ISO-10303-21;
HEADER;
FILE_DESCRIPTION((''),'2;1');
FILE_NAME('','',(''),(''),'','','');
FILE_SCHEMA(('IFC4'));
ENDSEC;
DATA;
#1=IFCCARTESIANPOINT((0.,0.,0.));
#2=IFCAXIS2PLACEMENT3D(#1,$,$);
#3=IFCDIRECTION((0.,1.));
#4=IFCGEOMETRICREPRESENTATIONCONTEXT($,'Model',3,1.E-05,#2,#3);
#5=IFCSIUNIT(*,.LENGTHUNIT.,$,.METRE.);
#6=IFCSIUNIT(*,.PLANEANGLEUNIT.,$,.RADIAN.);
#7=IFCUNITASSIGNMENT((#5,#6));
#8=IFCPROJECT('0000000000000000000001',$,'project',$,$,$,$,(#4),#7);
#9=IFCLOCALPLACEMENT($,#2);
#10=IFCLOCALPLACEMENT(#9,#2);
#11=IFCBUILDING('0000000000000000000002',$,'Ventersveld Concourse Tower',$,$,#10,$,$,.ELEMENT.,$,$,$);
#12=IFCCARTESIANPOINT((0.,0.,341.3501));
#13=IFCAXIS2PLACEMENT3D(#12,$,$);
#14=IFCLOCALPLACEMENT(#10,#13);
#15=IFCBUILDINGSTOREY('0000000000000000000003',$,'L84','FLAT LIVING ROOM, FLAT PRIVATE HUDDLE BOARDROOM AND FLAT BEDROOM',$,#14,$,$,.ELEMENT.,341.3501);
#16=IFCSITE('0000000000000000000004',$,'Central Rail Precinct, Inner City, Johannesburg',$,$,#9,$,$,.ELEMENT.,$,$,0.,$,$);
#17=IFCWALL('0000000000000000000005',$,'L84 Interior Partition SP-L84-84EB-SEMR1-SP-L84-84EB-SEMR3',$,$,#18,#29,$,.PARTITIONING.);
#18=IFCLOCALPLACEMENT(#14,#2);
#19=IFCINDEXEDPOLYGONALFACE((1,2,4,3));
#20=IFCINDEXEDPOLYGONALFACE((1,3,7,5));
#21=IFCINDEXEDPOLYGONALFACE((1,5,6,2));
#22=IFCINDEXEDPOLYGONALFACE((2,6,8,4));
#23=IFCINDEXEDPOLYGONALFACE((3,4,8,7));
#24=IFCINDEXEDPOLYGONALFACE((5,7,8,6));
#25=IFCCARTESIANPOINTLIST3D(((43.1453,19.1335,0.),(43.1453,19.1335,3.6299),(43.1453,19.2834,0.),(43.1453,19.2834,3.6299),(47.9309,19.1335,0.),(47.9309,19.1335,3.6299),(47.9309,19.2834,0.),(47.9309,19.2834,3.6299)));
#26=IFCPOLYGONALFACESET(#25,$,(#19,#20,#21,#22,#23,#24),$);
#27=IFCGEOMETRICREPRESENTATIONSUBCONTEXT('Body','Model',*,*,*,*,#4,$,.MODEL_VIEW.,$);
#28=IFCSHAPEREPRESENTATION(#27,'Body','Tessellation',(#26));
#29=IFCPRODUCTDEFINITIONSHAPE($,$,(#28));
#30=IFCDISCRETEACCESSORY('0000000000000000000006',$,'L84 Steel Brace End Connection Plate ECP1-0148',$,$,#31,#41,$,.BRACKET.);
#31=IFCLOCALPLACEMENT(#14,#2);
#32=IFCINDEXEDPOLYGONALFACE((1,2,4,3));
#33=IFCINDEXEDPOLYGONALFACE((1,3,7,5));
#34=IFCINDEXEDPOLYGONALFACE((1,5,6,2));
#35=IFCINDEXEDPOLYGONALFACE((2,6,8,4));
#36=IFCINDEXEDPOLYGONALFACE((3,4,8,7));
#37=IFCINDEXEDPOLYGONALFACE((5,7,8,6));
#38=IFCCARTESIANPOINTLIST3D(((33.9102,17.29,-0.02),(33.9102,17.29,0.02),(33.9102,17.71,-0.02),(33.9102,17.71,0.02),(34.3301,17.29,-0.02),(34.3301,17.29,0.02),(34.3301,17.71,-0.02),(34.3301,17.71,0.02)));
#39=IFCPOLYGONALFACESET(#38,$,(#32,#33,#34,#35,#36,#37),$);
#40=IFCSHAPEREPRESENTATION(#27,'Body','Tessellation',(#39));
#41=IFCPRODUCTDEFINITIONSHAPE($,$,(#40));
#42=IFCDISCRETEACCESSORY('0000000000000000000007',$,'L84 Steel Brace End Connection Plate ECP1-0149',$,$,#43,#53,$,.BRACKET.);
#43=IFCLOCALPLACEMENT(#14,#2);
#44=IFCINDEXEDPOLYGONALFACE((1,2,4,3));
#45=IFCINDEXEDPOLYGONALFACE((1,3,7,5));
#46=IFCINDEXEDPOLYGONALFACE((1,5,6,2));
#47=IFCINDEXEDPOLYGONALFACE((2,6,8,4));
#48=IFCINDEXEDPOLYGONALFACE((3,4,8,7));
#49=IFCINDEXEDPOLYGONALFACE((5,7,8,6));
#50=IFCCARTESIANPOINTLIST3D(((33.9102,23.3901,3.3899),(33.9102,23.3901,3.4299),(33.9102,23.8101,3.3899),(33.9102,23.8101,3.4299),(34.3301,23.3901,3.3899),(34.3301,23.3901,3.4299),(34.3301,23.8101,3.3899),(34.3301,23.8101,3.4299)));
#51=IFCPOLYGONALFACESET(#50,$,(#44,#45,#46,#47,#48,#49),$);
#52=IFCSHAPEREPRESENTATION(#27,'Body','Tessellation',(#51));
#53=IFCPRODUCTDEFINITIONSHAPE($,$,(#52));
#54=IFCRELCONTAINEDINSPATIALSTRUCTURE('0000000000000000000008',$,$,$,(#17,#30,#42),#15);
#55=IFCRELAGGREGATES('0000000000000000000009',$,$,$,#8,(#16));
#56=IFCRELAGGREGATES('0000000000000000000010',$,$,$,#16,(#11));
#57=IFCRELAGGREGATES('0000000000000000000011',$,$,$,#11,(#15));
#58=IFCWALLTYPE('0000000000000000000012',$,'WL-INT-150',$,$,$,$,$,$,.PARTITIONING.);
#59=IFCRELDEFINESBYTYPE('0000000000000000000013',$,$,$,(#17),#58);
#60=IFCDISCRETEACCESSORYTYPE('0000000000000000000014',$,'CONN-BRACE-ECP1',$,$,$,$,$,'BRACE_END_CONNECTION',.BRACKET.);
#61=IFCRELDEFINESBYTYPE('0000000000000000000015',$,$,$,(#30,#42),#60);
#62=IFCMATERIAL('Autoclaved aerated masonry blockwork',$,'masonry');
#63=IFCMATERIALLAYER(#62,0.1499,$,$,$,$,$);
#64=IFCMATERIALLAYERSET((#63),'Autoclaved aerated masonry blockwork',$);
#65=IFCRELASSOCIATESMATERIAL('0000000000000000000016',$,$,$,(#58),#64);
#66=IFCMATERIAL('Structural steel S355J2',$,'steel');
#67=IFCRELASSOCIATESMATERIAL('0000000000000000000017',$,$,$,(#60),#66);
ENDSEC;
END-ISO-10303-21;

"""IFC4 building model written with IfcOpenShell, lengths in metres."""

from ifc_helpers import new_model, si_unit, direction, frame, frame_2d, origin, origin_2d, place, context, subcontext, project, spatial, rectangle, extrude, material, layer, layer_set, type_object, element, save


model = new_model("IFC4")

# Units and contexts
model_context = context("Model", 3, precision=1e-05, world=origin(), true_north=direction((0.0, 1.0)))
body_context = subcontext(model_context, "Body", "Model", "MODEL_VIEW")
ifc_project = project(units=[si_unit("LENGTHUNIT", "METRE"), si_unit("PLANEANGLEUNIT", "RADIAN")], contexts=[model_context])

# Site, building, storey
site_placement = place(None, origin())
site = spatial("IfcSite", under=ifc_project, at=site_placement, Name="Central Rail Precinct, Inner City, Johannesburg", CompositionType="ELEMENT", RefElevation=0.0)
building_placement = place(site_placement, origin())
building = spatial("IfcBuilding", under=site, at=building_placement, Name="Ventersveld Concourse Tower", CompositionType="ELEMENT")
storey_placement = place(building_placement, frame((0.0, 0.0, 341.3501)))
storey = spatial("IfcBuildingStorey", under=building, at=storey_placement, Name="L84", Description="FLAT LIVING ROOM, FLAT PRIVATE HUDDLE BOARDROOM AND FLAT BEDROOM", CompositionType="ELEMENT", Elevation=341.3501)

# Shared definitions
ifc_material_1 = material(Name="Structural steel S355J2", Category="steel")

# Shared definitions
ifc_material_2 = material(Name="Autoclaved aerated masonry blockwork", Category="masonry")
ifc_layer_1 = layer(ifc_material_2, 0.1499)
ifc_layer_set_1 = layer_set([ifc_layer_1], Name="Autoclaved aerated masonry blockwork")
wall_type_1 = type_object("IfcWallType", Name="WL-INT-150", PredefinedType="PARTITIONING", material=ifc_layer_set_1)

# Wall
wall_1_placement = place(storey_placement, frame((43.1453, 19.2085, 0.0), z_axis=(0.0, 0.0, 1.0), x_axis=(1.0, 0.0, 0.0)))
element("IfcWall", 1, at=wall_1_placement, inside=storey, type_object=wall_type_1, Name="L84 Interior Partition SP-L84-84EB-SEMR1-SP-L84-84EB-SEMR3", PredefinedType="PARTITIONING", context=body_context, shape_type="SweptSolid", body=[
    extrude(rectangle(XDim=4.7856, YDim=0.1499, at=frame_2d((2.3928, 0.0))), origin(), (0.0, 0.0, 1.0), 3.6299),
])

# Discrete accessories
discrete_accessory_type = type_object("IfcDiscreteAccessoryType", Name="CONN-BRACE-ECP1", ElementType="BRACE_END_CONNECTION", PredefinedType="BRACKET", material=ifc_material_1)
for number, where, z_axis, x_axis, name in (
    (2, (34.1201, 17.5, -0.02), (0.0, 0.0, 1.0), (1.0, 0.0, 0.0), "L84 Steel Brace End Connection Plate ECP1-0148"),
    (3, (34.1201, 23.6001, 3.3899), (0.0, 0.0, 1.0), (1.0, 0.0, 0.0), "L84 Steel Brace End Connection Plate ECP1-0149"),
):
    element("IfcDiscreteAccessory", number, at=place(storey_placement, frame(where, z_axis=z_axis, x_axis=x_axis)), inside=storey, type_object=discrete_accessory_type, Name=name, PredefinedType="BRACKET", context=body_context, shape_type="SweptSolid", body=[
        extrude(rectangle(XDim=0.4199, YDim=0.4199, at=origin_2d()), origin(), (0.0, 0.0, 1.0), 0.04),
    ])

save(model, "model.ifc")
